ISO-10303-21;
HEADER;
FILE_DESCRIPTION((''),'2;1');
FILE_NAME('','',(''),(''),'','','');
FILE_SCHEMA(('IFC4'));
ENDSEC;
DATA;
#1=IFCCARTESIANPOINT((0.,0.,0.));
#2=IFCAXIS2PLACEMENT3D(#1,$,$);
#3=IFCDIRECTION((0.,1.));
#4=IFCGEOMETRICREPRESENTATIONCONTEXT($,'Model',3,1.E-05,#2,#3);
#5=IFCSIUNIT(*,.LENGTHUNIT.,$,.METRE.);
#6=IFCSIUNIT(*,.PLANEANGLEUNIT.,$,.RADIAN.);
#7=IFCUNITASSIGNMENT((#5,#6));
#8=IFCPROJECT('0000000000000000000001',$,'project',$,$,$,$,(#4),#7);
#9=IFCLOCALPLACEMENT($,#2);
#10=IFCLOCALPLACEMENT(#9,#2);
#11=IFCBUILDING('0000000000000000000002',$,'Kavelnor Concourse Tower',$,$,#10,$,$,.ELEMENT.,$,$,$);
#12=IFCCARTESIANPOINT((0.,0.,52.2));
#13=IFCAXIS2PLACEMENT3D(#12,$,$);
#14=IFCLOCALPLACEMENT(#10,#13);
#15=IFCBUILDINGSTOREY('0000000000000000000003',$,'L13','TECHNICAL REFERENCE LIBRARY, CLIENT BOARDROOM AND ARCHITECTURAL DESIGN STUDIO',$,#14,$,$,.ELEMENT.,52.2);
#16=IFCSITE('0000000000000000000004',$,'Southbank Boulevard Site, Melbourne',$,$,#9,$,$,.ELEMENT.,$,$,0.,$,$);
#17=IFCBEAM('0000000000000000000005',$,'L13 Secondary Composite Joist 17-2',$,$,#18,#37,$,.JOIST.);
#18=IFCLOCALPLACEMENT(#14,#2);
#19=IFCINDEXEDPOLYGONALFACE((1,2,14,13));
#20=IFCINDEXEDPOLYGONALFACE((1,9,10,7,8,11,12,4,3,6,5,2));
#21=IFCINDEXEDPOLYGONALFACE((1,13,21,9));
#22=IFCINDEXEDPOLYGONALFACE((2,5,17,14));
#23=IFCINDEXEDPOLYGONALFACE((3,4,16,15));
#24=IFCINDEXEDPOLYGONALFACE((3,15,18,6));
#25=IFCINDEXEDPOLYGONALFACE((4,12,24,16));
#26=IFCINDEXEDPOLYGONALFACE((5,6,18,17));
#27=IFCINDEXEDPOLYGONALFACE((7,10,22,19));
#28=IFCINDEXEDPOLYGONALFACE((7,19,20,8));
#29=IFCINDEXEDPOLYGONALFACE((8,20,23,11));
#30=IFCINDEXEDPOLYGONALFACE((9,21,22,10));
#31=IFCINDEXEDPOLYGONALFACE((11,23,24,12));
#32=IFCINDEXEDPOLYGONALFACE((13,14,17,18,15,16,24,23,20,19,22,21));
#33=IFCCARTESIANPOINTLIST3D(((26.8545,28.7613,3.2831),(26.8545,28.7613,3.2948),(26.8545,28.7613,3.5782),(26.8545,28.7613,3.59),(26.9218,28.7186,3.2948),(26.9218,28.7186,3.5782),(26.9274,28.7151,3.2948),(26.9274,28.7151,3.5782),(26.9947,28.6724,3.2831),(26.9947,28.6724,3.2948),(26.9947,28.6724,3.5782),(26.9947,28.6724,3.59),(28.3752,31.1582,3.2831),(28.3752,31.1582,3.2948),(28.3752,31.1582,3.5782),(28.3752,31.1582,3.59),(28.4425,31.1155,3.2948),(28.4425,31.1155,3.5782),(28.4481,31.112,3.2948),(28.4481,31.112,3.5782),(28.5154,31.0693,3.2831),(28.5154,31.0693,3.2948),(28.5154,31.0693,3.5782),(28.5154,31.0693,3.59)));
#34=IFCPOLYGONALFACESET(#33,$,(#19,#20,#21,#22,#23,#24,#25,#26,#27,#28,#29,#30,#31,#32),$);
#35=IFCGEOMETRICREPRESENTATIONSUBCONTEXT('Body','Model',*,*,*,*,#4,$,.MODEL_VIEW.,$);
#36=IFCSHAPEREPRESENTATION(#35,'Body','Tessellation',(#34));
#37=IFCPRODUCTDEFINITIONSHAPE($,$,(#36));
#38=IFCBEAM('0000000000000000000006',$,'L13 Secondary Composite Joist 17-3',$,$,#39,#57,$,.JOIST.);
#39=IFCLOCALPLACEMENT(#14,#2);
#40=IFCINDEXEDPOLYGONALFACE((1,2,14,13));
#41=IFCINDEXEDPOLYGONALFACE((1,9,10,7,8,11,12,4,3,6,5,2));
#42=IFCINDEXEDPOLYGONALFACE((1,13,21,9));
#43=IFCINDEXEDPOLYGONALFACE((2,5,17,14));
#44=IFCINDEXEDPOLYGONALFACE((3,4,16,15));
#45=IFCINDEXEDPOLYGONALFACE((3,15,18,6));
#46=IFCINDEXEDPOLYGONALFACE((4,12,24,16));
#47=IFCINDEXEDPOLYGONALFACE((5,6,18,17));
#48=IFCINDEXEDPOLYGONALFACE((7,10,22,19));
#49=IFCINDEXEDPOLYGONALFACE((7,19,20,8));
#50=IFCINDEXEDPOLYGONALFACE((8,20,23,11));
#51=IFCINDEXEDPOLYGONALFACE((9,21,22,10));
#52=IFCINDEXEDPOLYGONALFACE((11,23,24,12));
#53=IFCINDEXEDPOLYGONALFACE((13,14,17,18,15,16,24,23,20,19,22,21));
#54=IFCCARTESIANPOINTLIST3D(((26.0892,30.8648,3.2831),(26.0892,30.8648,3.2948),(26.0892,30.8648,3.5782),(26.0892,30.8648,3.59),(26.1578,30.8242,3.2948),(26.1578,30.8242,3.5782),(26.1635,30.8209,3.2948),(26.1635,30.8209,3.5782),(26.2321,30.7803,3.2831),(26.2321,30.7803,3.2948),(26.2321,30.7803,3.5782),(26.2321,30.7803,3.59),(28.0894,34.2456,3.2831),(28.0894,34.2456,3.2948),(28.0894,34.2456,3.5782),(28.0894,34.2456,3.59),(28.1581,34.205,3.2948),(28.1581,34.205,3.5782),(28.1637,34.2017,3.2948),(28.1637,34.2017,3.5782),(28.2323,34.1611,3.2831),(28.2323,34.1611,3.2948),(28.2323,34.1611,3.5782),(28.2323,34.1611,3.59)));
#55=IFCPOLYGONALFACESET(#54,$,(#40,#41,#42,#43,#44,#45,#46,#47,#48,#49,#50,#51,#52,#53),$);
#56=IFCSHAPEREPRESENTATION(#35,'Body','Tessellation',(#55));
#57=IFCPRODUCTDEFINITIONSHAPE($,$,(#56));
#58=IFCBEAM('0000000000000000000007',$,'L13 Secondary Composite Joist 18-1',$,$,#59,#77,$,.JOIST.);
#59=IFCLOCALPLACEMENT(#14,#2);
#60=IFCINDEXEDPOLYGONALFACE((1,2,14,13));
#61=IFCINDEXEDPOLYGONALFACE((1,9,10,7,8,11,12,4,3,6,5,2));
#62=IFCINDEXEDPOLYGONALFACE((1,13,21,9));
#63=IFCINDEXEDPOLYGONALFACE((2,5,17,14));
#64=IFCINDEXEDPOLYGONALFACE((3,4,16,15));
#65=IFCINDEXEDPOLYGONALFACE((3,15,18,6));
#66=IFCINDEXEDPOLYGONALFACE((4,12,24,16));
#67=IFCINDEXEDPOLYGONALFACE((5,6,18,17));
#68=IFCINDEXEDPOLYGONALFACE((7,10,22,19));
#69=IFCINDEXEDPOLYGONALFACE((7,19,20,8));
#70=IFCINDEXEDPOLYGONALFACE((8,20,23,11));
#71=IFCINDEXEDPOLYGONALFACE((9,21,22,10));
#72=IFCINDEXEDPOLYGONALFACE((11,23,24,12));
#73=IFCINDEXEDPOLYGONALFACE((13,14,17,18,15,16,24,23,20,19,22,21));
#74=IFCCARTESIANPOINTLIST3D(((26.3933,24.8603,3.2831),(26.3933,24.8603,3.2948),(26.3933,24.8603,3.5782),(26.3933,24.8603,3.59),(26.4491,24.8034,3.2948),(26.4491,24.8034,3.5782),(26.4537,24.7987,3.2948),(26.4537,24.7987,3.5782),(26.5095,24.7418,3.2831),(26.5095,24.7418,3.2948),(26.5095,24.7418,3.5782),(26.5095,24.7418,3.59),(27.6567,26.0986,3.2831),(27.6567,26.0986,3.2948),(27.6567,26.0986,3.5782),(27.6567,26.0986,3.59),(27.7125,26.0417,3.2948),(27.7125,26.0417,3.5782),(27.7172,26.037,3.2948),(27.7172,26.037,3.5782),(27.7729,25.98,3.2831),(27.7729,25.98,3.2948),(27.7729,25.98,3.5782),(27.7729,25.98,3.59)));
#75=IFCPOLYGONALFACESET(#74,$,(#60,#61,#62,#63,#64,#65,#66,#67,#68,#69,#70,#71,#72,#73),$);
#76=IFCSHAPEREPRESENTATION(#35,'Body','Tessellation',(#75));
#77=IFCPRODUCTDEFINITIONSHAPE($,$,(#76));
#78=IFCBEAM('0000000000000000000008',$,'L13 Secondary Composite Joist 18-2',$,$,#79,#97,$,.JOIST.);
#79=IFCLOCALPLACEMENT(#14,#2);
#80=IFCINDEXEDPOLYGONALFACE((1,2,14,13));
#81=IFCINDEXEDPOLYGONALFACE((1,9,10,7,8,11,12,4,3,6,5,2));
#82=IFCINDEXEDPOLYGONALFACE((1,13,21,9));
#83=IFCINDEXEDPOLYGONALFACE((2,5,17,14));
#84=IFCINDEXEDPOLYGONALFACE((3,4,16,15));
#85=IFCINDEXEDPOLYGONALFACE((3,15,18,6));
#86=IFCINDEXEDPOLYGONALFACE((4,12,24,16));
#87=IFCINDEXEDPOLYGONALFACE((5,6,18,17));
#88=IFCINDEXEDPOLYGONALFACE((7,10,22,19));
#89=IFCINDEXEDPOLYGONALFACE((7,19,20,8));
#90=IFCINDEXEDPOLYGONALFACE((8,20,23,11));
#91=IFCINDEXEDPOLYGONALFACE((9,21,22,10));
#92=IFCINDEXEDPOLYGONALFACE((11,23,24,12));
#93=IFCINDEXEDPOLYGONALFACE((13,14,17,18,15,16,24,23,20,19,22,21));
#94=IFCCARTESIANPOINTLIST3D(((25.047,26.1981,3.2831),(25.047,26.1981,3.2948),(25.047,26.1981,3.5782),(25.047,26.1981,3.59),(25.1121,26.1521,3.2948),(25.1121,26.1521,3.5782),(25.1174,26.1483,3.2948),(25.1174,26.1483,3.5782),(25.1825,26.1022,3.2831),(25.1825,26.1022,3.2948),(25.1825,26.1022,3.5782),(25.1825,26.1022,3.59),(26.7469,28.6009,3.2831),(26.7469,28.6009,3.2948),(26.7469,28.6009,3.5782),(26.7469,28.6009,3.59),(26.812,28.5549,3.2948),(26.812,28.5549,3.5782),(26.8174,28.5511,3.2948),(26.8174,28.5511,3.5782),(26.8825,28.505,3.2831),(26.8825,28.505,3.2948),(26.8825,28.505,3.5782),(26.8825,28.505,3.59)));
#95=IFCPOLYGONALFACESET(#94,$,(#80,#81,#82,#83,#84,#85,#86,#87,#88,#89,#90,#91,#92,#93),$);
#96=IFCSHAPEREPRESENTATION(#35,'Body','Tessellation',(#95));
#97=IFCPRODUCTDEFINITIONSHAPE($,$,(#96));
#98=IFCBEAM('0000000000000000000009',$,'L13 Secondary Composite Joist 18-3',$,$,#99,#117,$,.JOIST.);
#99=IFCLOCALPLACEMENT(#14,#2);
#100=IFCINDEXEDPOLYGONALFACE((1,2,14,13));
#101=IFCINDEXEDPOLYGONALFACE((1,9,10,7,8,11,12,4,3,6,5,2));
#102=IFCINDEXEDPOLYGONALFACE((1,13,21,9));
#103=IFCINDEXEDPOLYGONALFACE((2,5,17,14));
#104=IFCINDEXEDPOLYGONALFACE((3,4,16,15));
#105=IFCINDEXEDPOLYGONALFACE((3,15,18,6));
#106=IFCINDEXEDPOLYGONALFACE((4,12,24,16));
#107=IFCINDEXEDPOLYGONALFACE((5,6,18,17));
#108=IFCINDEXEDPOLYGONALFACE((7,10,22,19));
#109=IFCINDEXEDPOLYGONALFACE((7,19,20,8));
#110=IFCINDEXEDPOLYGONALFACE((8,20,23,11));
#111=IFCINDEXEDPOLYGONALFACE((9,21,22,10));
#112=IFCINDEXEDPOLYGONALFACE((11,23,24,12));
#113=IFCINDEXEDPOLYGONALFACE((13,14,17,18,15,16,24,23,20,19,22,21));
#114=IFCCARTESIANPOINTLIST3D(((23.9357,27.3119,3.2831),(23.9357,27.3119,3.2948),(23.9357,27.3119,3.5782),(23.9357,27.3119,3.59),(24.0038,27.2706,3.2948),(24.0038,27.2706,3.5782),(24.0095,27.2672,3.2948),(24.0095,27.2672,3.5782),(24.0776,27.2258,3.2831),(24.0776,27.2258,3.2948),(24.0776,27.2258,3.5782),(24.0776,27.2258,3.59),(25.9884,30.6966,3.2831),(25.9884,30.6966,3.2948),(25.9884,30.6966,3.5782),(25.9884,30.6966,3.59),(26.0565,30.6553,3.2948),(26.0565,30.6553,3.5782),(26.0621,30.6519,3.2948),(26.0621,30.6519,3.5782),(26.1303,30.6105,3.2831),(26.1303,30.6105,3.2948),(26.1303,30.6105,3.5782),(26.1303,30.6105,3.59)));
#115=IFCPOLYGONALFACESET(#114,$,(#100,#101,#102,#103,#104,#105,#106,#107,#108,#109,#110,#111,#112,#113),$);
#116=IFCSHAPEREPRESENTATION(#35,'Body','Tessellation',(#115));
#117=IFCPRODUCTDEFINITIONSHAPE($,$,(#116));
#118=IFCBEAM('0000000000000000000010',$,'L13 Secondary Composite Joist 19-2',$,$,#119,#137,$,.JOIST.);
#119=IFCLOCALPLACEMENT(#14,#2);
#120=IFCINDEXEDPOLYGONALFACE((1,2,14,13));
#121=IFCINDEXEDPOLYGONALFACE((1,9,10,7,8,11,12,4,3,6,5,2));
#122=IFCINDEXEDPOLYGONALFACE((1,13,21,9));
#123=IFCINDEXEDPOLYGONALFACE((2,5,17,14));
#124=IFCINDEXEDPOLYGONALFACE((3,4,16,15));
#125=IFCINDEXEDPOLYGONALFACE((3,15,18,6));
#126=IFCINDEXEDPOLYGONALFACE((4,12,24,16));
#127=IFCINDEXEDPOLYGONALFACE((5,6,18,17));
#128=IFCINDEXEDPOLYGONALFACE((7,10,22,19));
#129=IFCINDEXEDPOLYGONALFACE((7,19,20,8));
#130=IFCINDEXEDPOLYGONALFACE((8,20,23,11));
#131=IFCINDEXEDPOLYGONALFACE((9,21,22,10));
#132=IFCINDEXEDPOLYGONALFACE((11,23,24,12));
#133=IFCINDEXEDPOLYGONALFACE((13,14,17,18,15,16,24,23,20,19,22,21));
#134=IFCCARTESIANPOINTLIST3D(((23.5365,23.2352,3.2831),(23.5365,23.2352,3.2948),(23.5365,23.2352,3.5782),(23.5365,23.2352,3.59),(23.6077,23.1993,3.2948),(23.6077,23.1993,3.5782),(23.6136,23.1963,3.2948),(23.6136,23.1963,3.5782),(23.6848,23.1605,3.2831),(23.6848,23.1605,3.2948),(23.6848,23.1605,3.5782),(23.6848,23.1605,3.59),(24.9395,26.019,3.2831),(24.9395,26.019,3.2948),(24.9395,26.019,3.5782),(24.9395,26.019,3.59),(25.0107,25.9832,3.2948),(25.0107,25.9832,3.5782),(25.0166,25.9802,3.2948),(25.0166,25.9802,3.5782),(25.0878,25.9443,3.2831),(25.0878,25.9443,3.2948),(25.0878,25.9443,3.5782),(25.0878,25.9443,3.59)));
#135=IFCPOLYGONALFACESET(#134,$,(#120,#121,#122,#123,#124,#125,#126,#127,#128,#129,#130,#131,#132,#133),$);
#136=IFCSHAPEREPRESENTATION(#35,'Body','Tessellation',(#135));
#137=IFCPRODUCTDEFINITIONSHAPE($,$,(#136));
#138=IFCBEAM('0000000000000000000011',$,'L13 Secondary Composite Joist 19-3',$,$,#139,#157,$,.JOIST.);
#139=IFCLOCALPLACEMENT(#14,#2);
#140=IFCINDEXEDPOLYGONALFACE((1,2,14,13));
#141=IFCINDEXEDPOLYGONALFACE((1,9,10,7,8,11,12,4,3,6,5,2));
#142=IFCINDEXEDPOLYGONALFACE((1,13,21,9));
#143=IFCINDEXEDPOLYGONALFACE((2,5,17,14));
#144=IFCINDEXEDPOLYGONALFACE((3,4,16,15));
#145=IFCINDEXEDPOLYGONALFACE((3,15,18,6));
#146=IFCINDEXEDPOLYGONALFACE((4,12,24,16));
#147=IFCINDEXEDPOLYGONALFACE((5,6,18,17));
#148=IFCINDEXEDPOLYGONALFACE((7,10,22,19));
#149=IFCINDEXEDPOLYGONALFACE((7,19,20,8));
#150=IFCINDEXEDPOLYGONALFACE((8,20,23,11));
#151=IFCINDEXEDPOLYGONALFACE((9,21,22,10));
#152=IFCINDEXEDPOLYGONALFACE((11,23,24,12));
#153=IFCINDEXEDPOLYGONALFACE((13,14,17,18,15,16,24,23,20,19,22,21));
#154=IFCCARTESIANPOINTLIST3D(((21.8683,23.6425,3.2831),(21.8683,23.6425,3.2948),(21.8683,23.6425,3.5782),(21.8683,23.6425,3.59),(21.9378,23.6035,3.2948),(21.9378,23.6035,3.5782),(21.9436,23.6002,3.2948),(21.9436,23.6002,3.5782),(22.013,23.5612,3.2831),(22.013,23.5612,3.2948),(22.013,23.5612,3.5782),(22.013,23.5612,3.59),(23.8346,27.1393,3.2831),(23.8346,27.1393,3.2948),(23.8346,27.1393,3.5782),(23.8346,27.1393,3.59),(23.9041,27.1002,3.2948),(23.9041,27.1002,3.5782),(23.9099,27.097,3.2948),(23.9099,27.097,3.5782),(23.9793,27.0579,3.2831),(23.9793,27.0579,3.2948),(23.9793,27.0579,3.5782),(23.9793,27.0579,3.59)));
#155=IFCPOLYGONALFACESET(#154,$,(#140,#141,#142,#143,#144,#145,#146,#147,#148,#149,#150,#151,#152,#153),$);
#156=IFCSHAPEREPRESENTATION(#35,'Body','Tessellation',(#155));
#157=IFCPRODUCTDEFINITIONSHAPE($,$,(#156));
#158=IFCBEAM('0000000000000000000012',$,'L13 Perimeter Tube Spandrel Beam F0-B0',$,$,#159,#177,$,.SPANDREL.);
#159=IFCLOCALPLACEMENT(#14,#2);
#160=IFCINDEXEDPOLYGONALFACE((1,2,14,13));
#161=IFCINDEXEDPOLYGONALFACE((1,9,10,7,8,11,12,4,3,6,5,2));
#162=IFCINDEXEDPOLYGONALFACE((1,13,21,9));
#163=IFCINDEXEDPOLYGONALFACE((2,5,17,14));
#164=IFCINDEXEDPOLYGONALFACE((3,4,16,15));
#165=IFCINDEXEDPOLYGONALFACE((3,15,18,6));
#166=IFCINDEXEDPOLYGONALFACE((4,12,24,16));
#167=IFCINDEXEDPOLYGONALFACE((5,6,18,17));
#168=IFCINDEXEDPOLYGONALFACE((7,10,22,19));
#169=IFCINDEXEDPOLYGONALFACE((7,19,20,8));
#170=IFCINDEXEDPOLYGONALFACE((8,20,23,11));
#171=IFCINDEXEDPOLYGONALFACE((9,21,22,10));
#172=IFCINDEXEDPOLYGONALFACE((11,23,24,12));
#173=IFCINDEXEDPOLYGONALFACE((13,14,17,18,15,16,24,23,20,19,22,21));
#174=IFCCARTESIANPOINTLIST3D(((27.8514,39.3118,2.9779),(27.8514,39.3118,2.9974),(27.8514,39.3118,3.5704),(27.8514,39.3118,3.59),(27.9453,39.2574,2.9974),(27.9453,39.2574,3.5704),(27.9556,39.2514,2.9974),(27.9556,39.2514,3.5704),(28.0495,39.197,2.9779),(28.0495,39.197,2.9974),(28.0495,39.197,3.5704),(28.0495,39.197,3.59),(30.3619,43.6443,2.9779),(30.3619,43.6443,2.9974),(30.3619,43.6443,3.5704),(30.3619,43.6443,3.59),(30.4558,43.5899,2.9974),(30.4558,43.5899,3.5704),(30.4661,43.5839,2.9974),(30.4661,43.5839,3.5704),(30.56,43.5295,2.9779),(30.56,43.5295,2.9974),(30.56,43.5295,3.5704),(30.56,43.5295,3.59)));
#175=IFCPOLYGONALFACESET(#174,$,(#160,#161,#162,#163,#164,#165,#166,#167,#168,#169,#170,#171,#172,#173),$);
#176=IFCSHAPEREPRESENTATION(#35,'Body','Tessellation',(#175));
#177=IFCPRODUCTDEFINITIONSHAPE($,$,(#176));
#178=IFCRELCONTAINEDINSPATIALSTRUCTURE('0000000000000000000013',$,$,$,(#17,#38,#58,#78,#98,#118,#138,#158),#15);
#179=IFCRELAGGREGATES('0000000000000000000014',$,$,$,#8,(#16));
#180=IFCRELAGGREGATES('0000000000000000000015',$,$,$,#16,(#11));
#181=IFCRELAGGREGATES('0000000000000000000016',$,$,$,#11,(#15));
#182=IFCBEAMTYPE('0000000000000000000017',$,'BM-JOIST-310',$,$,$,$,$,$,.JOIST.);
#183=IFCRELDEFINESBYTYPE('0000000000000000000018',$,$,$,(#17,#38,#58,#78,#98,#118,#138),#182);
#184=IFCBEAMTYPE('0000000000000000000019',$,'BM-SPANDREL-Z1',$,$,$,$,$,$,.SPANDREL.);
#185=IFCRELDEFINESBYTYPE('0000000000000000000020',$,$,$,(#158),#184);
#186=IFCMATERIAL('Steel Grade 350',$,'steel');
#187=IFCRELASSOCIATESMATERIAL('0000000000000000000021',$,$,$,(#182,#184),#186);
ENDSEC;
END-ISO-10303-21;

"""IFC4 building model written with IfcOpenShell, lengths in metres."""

from ifc_helpers import new_model, si_unit, direction, frame, origin, origin_2d, place, context, subcontext, project, spatial, i_section, extrude, material, material_profile, profile_set, type_object, element, save


model = new_model("IFC4")

# Units and contexts
model_context = context("Model", 3, precision=1e-05, world=origin(), true_north=direction((0.0, 1.0)))
body_context = subcontext(model_context, "Body", "Model", "MODEL_VIEW")
ifc_project = project(units=[si_unit("LENGTHUNIT", "METRE"), si_unit("PLANEANGLEUNIT", "RADIAN")], contexts=[model_context])

# Site, building, storey
site_placement = place(None, origin())
site = spatial("IfcSite", under=ifc_project, at=site_placement, Name="Southbank Boulevard Site, Melbourne", CompositionType="ELEMENT", RefElevation=0.0)
building_placement = place(site_placement, origin())
building = spatial("IfcBuilding", under=site, at=building_placement, Name="Kavelnor Concourse Tower", CompositionType="ELEMENT")
storey_placement = place(building_placement, frame((0.0, 0.0, 52.2)))
storey = spatial("IfcBuildingStorey", under=building, at=storey_placement, Name="L13", Description="TECHNICAL REFERENCE LIBRARY, CLIENT BOARDROOM AND ARCHITECTURAL DESIGN STUDIO", CompositionType="ELEMENT", Elevation=52.2)

# Shared definitions
ifc_material_1 = material(Name="Steel Grade 350", Category="steel")

# Beams
ifc_material_profile_1 = material_profile(ifc_material_1, i_section(OverallWidth=0.166, OverallDepth=0.3069, WebThickness=0.0066, FlangeThickness=0.0117, at=origin_2d()), Name="310UB46")
ifc_profile_set_1 = profile_set([ifc_material_profile_1], Name="Steel Grade 350")
beam_type_1 = type_object("IfcBeamType", Name="BM-JOIST-310", PredefinedType="JOIST", material=ifc_profile_set_1)
beam_1_placement = place(storey_placement, frame((28.4453, 31.1138, 3.4365), z_axis=(-0.535723, -0.844394, 0.0), x_axis=(0.844394, -0.535723, 0.0)))
element("IfcBeam", 1, at=beam_1_placement, inside=storey, type_object=beam_type_1, Name="L13 Secondary Composite Joist 17-2", PredefinedType="JOIST", context=body_context, shape_type="SweptSolid", body=[
    extrude(i_section(OverallWidth=0.166, OverallDepth=0.3069, WebThickness=0.0066, FlangeThickness=0.0117, at=origin_2d()), origin(), (0.0, 0.0, 1.0), 2.8386),
])
beam_2_placement = place(storey_placement, frame((28.1609, 34.2034, 3.4365), z_axis=(-0.509194, -0.860652, 0.0), x_axis=(0.860652, -0.509194, 0.0)))
element("IfcBeam", 2, at=beam_2_placement, inside=storey, type_object=beam_type_1, Name="L13 Secondary Composite Joist 17-3", PredefinedType="JOIST", context=body_context, shape_type="SweptSolid", body=[
    extrude(i_section(OverallWidth=0.166, OverallDepth=0.3069, WebThickness=0.0066, FlangeThickness=0.0117, at=origin_2d()), origin(), (0.0, 0.0, 1.0), 3.9282),
])
beam_3_placement = place(storey_placement, frame((27.7148, 26.0393, 3.4365), z_axis=(-0.714178, -0.699964, 0.0), x_axis=(0.699964, -0.714178, 0.0)))
element("IfcBeam", 3, at=beam_3_placement, inside=storey, type_object=beam_type_1, Name="L13 Secondary Composite Joist 18-1", PredefinedType="JOIST", context=body_context, shape_type="SweptSolid", body=[
    extrude(i_section(OverallWidth=0.166, OverallDepth=0.3069, WebThickness=0.0066, FlangeThickness=0.0117, at=origin_2d()), origin(), (0.0, 0.0, 1.0), 1.769),
])
beam_4_placement = place(storey_placement, frame((26.8147, 28.553, 3.4365), z_axis=(-0.577552, -0.816354, 0.0), x_axis=(0.816354, -0.577552, 0.0)))
element("IfcBeam", 4, at=beam_4_placement, inside=storey, type_object=beam_type_1, Name="L13 Secondary Composite Joist 18-2", PredefinedType="JOIST", context=body_context, shape_type="SweptSolid", body=[
    extrude(i_section(OverallWidth=0.166, OverallDepth=0.3069, WebThickness=0.0066, FlangeThickness=0.0117, at=origin_2d()), origin(), (0.0, 0.0, 1.0), 2.9434),
])
beam_5_placement = place(storey_placement, frame((26.0593, 30.6536, 3.4365), z_axis=(-0.518553, -0.855045, 0.0), x_axis=(0.855045, -0.518553, 0.0)))
element("IfcBeam", 5, at=beam_5_placement, inside=storey, type_object=beam_type_1, Name="L13 Secondary Composite Joist 18-3", PredefinedType="JOIST", context=body_context, shape_type="SweptSolid", body=[
    extrude(i_section(OverallWidth=0.166, OverallDepth=0.3069, WebThickness=0.0066, FlangeThickness=0.0117, at=origin_2d()), origin(), (0.0, 0.0, 1.0), 3.9585),
])
beam_6_placement = place(storey_placement, frame((25.0137, 25.9817, 3.4365), z_axis=(-0.450062, -0.892997, 0.0), x_axis=(0.892997, -0.450062, 0.0)))
element("IfcBeam", 6, at=beam_6_placement, inside=storey, type_object=beam_type_1, Name="L13 Secondary Composite Joist 19-2", PredefinedType="JOIST", context=body_context, shape_type="SweptSolid", body=[
    extrude(i_section(OverallWidth=0.166, OverallDepth=0.3069, WebThickness=0.0066, FlangeThickness=0.0117, at=origin_2d()), origin(), (0.0, 0.0, 1.0), 3.1174),
])
beam_7_placement = place(storey_placement, frame((23.907, 27.0986, 3.4365), z_axis=(-0.490137, -0.871645, 0.0), x_axis=(0.871645, -0.490137, 0.0)))
element("IfcBeam", 7, at=beam_7_placement, inside=storey, type_object=beam_type_1, Name="L13 Secondary Composite Joist 19-3", PredefinedType="JOIST", context=body_context, shape_type="SweptSolid", body=[
    extrude(i_section(OverallWidth=0.166, OverallDepth=0.3069, WebThickness=0.0066, FlangeThickness=0.0117, at=origin_2d()), origin(), (0.0, 0.0, 1.0), 4.0117),
])
ifc_material_profile_2 = material_profile(ifc_material_1, i_section(OverallWidth=0.229, OverallDepth=0.6121, WebThickness=0.012, FlangeThickness=0.0195, at=origin_2d()), Name="610UB125")
ifc_profile_set_2 = profile_set([ifc_material_profile_2], Name="Steel Grade 350")
beam_type_2 = type_object("IfcBeamType", Name="BM-SPANDREL-Z1", PredefinedType="SPANDREL", material=ifc_profile_set_2)
beam_8_placement = place(storey_placement, frame((30.4609, 43.5869, 3.2839), z_axis=(-0.501365, -0.865236, 0.0), x_axis=(0.865236, -0.501365, 0.0)))
element("IfcBeam", 8, at=beam_8_placement, inside=storey, type_object=beam_type_2, Name="L13 Perimeter Tube Spandrel Beam F0-B0", PredefinedType="SPANDREL", context=body_context, shape_type="SweptSolid", body=[
    extrude(i_section(OverallWidth=0.229, OverallDepth=0.6121, WebThickness=0.012, FlangeThickness=0.0195, at=origin_2d()), origin(), (0.0, 0.0, 1.0), 5.0073),
])

save(model, "model.ifc")
